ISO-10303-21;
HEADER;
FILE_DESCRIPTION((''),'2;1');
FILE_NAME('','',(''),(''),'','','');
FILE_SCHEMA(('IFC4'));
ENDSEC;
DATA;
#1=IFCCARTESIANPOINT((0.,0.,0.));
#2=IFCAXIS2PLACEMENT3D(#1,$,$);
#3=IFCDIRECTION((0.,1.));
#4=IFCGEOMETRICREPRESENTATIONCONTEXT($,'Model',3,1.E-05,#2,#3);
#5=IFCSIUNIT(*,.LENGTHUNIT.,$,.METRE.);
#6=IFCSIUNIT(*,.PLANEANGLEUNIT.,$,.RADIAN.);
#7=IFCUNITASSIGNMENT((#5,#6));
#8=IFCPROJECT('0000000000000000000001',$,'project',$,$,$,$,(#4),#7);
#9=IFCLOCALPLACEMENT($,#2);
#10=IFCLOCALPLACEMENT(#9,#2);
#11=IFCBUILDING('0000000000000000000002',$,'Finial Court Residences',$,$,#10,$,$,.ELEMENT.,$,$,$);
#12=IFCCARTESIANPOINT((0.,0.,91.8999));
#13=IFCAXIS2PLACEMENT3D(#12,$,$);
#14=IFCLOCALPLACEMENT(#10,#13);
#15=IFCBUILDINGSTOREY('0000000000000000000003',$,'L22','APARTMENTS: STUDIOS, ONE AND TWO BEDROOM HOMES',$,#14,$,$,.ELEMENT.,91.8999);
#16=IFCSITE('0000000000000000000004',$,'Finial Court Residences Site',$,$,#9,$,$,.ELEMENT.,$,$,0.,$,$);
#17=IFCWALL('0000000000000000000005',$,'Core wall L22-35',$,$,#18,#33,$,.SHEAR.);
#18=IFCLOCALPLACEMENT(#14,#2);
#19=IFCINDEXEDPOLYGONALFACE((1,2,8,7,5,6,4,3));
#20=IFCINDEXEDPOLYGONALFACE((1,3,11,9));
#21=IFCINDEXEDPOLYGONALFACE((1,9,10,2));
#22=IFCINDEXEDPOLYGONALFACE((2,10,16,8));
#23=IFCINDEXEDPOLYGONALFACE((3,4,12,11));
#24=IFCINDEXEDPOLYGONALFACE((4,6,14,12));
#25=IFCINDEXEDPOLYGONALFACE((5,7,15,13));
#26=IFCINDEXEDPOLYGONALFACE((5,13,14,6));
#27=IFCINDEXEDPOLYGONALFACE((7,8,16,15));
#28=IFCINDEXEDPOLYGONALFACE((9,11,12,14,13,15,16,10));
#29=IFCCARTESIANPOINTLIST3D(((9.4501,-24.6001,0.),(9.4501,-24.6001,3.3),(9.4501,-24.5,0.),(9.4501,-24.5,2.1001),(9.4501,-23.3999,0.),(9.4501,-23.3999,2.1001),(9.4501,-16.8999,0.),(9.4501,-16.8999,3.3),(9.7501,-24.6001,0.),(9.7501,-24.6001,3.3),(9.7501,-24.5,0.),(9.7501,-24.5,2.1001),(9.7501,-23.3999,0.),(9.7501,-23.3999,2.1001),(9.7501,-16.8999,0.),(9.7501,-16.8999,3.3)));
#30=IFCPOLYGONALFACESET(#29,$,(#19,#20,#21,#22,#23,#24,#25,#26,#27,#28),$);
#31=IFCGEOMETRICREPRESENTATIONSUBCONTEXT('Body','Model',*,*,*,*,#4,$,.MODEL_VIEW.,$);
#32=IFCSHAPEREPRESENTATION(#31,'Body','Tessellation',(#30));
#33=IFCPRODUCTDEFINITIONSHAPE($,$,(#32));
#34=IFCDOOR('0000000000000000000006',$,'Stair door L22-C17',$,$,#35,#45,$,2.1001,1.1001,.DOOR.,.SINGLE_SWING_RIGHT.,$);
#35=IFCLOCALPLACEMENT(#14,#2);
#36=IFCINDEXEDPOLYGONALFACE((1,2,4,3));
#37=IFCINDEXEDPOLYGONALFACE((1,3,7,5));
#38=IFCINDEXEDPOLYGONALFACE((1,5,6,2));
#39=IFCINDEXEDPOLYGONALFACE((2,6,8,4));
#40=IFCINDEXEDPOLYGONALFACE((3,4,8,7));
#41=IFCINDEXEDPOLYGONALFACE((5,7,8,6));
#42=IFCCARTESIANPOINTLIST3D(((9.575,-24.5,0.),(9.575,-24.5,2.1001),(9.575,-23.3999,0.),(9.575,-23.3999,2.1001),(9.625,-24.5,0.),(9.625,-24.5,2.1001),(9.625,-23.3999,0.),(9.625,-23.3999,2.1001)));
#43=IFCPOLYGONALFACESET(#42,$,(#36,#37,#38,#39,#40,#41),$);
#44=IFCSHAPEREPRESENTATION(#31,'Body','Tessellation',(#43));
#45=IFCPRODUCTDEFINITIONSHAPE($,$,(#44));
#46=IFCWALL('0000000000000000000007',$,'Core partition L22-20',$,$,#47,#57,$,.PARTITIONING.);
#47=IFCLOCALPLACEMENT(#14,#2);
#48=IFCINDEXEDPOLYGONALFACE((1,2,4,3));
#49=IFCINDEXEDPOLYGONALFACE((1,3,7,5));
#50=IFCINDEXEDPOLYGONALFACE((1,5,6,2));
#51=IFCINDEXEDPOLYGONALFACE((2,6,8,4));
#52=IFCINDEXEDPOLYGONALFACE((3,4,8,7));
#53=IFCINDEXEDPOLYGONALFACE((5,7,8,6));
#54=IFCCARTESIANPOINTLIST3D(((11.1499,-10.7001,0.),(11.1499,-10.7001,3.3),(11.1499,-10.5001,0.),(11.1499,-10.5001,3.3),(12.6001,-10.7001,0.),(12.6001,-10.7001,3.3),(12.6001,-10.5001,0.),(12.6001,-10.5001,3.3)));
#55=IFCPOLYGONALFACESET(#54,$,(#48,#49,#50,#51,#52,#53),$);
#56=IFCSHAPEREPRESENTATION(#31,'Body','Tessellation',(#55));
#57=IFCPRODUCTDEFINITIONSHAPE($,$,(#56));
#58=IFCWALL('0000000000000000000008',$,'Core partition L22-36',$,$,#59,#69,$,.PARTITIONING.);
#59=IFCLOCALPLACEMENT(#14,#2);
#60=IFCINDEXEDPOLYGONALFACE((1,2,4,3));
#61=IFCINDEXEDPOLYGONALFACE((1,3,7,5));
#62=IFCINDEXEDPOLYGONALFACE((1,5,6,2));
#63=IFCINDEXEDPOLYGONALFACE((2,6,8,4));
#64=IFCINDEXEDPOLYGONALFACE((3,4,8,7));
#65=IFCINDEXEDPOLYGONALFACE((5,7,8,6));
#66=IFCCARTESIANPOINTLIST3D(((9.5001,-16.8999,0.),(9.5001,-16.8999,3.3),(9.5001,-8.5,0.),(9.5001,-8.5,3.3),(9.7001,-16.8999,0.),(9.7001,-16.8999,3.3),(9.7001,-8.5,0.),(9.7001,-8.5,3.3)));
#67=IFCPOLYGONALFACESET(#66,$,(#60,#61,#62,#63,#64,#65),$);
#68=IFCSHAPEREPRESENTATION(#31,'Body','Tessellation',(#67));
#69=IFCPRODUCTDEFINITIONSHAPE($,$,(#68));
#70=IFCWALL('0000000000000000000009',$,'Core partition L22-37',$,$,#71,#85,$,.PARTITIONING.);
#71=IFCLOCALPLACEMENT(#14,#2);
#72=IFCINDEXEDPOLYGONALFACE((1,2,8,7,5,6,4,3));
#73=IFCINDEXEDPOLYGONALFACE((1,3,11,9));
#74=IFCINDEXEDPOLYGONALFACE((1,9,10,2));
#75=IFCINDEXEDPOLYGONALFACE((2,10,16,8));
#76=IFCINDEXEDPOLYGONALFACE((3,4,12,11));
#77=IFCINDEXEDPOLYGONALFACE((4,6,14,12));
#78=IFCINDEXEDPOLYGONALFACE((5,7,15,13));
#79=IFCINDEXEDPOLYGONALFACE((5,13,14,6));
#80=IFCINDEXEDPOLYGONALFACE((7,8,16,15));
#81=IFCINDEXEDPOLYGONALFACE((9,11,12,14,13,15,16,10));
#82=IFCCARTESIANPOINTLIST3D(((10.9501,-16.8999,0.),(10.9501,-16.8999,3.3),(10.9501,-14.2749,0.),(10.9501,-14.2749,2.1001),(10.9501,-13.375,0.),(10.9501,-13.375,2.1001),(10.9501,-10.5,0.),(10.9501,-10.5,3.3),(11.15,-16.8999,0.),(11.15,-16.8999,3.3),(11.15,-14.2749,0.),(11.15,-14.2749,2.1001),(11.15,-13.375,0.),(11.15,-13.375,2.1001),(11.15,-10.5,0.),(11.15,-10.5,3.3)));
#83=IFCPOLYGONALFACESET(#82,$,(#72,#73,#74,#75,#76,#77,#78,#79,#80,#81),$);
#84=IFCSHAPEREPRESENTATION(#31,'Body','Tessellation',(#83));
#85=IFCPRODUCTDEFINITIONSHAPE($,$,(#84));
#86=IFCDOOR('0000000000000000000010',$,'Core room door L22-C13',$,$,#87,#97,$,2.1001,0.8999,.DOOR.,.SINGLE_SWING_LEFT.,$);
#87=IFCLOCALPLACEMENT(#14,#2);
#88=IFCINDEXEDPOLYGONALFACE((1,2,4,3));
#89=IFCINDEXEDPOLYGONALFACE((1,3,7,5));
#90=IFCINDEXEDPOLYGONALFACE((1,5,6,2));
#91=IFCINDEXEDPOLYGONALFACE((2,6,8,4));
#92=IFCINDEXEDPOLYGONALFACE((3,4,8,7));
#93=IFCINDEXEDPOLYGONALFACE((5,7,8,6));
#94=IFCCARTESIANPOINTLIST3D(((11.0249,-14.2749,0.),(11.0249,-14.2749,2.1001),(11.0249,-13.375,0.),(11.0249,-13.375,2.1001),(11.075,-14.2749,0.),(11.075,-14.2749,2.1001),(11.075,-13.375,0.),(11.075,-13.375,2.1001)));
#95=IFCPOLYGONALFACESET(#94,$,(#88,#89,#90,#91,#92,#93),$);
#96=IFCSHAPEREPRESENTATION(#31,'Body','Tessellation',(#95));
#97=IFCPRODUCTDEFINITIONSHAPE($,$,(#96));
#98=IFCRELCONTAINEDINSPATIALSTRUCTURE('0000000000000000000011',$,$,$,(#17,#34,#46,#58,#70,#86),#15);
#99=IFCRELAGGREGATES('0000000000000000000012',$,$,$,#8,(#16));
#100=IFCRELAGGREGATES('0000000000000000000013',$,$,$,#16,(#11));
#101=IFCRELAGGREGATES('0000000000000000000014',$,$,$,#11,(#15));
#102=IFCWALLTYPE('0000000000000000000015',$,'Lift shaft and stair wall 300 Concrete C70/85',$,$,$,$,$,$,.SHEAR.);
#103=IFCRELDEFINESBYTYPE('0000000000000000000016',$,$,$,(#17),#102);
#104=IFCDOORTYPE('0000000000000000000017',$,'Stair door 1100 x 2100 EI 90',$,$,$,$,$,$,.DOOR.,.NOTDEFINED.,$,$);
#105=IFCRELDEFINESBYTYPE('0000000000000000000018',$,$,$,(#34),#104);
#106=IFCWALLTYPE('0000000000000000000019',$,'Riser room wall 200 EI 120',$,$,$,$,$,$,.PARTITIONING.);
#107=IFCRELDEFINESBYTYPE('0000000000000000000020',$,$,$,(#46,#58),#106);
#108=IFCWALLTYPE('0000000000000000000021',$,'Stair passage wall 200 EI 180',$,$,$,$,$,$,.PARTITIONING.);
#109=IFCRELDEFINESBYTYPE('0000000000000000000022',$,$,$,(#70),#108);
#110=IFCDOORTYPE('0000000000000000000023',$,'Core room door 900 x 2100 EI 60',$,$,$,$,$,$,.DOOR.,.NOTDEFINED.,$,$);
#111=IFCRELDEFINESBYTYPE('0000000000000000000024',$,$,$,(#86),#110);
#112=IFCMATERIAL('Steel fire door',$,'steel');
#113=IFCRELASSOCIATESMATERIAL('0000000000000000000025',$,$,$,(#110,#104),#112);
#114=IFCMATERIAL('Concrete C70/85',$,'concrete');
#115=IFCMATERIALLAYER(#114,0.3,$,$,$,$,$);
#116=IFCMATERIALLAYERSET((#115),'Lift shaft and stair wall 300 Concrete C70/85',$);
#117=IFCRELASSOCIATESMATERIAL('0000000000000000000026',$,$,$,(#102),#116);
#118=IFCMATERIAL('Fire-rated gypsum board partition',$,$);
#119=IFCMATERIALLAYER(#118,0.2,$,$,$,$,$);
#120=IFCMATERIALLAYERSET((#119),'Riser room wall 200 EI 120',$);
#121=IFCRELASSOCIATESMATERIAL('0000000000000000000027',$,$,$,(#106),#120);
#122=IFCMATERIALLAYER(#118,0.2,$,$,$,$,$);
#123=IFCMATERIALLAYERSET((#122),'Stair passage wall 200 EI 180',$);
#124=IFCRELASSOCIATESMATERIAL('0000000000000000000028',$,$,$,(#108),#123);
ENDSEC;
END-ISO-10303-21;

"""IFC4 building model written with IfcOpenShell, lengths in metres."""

from ifc_helpers import new_model, si_unit, direction, frame, frame_2d, origin, place, context, subcontext, project, spatial, rectangle, extrude, material, layer, layer_set, type_object, element, fill, save


model = new_model("IFC4")

# Units and contexts
model_context = context("Model", 3, precision=1e-05, world=origin(), true_north=direction((0.0, 1.0)))
body_context = subcontext(model_context, "Body", "Model", "MODEL_VIEW")
ifc_project = project(units=[si_unit("LENGTHUNIT", "METRE"), si_unit("PLANEANGLEUNIT", "RADIAN")], contexts=[model_context])

# Site, building, storey
site_placement = place(None, origin())
site = spatial("IfcSite", under=ifc_project, at=site_placement, Name="Finial Court Residences Site", CompositionType="ELEMENT", RefElevation=0.0)
building_placement = place(site_placement, origin())
building = spatial("IfcBuilding", under=site, at=building_placement, Name="Finial Court Residences", CompositionType="ELEMENT")
storey_placement = place(building_placement, frame((0.0, 0.0, 91.8999)))
storey = spatial("IfcBuildingStorey", under=building, at=storey_placement, Name="L22", Description="APARTMENTS: STUDIOS, ONE AND TWO BEDROOM HOMES", CompositionType="ELEMENT", Elevation=91.8999)

# Shared definitions
ifc_material_1 = material(Name="Fire-rated gypsum board partition")

# Shared definitions
ifc_material_2 = material(Name="Steel fire door", Category="steel")
door_type_1 = type_object("IfcDoorType", Name="Core room door 900 x 2100 EI 60", OperationType="NOTDEFINED", PredefinedType="DOOR", material=ifc_material_2)

# Shared definitions
ifc_material_3 = material(Name="Concrete C70/85", Category="concrete")
ifc_layer_1 = layer(ifc_material_3, 0.3)
ifc_layer_set_1 = layer_set([ifc_layer_1], Name="Lift shaft and stair wall 300 Concrete C70/85")
wall_type_1 = type_object("IfcWallType", Name="Lift shaft and stair wall 300 Concrete C70/85", PredefinedType="SHEAR", material=ifc_layer_set_1)

# Wall, opening, door
wall_1_placement = place(storey_placement, frame((9.6001, -16.8999, 0.0), z_axis=(0.0, 0.0, 1.0), x_axis=(0.0, -1.0, 0.0)))
wall_1 = element("IfcWall", 1, at=wall_1_placement, inside=storey, type_object=wall_type_1, Name="Core wall L22-35", PredefinedType="SHEAR", context=body_context, shape_type="SweptSolid", body=[
    extrude(rectangle(XDim=7.7002, YDim=0.3, at=frame_2d((3.8501, 0.0))), origin(), (0.0, 0.0, 1.0), 3.3),
])
opening_1_placement = place(wall_1_placement, frame((6.5, 0.0, 0.0)))
opening_1 = element("IfcOpeningElement", 2, at=opening_1_placement, cuts=wall_1, PredefinedType="OPENING", context=body_context, shape_type="SweptSolid", body=[
    extrude(rectangle(XDim=1.1001, YDim=2.1001, at=frame_2d((0.55, 1.05))), frame((0.0, 0.1599, 0.0), z_axis=(0.0, -1.0, 0.0), x_axis=(1.0, 0.0, 0.0)), (0.0, 0.0, 1.0), 0.3201),
])
door_type_2 = type_object("IfcDoorType", Name="Stair door 1100 x 2100 EI 90", OperationType="NOTDEFINED", PredefinedType="DOOR", material=ifc_material_2)
door_1_placement = place(opening_1_placement, origin())
door_1 = element("IfcDoor", 3, at=door_1_placement, inside=storey, type_object=door_type_2, Name="Stair door L22-C17", OperationType="SINGLE_SWING_RIGHT", OverallHeight=2.1001, OverallWidth=1.1001, PredefinedType="DOOR", context=body_context, shape_type="SweptSolid", body=[
    extrude(rectangle(XDim=1.1001, YDim=2.1001, at=frame_2d((0.55, 1.05))), frame((0.0, 0.0249, 0.0), z_axis=(0.0, -1.0, 0.0), x_axis=(1.0, 0.0, 0.0)), (0.0, 0.0, 1.0), 0.05),
])
fill(opening_1, door_1)

# Walls
ifc_layer_2 = layer(ifc_material_1, 0.2)
ifc_layer_set_2 = layer_set([ifc_layer_2], Name="Riser room wall 200 EI 120")
wall_type_2 = type_object("IfcWallType", Name="Riser room wall 200 EI 120", PredefinedType="PARTITIONING", material=ifc_layer_set_2)
wall_2_placement = place(storey_placement, frame((11.1499, -10.6001, 0.0), z_axis=(0.0, 0.0, 1.0), x_axis=(1.0, 0.0, 0.0)))
element("IfcWall", 4, at=wall_2_placement, inside=storey, type_object=wall_type_2, Name="Core partition L22-20", PredefinedType="PARTITIONING", context=body_context, shape_type="SweptSolid", body=[
    extrude(rectangle(XDim=1.4502, YDim=0.2, at=frame_2d((0.7251, 0.0))), origin(), (0.0, 0.0, 1.0), 3.3),
])
wall_3_placement = place(storey_placement, frame((9.6001, -16.8999, 0.0), z_axis=(0.0, 0.0, 1.0), x_axis=(0.0, 1.0, 0.0)))
element("IfcWall", 5, at=wall_3_placement, inside=storey, type_object=wall_type_2, Name="Core partition L22-36", PredefinedType="PARTITIONING", context=body_context, shape_type="SweptSolid", body=[
    extrude(rectangle(XDim=8.3999, YDim=0.2, at=frame_2d((4.2, 0.0))), origin(), (0.0, 0.0, 1.0), 3.3),
])

# Wall, opening, door
ifc_layer_3 = layer(ifc_material_1, 0.2)
ifc_layer_set_3 = layer_set([ifc_layer_3], Name="Stair passage wall 200 EI 180")
wall_type_3 = type_object("IfcWallType", Name="Stair passage wall 200 EI 180", PredefinedType="PARTITIONING", material=ifc_layer_set_3)
wall_4_placement = place(storey_placement, frame((11.05, -10.5, 0.0), z_axis=(0.0, 0.0, 1.0), x_axis=(0.0, -1.0, 0.0)))
wall_4 = element("IfcWall", 6, at=wall_4_placement, inside=storey, type_object=wall_type_3, Name="Core partition L22-37", PredefinedType="PARTITIONING", context=body_context, shape_type="SweptSolid", body=[
    extrude(rectangle(XDim=6.3999, YDim=0.2, at=frame_2d((3.2, 0.0))), origin(), (0.0, 0.0, 1.0), 3.3),
])
opening_2_placement = place(wall_4_placement, frame((2.875, 0.0, 0.0)))
opening_2 = element("IfcOpeningElement", 7, at=opening_2_placement, cuts=wall_4, PredefinedType="OPENING", context=body_context, shape_type="SweptSolid", body=[
    extrude(rectangle(XDim=0.8999, YDim=2.1001, at=frame_2d((0.45, 1.05))), frame((0.0, 0.1099, 0.0), z_axis=(0.0, -1.0, 0.0), x_axis=(1.0, 0.0, 0.0)), (0.0, 0.0, 1.0), 0.22),
])
door_2_placement = place(opening_2_placement, origin())
door_2 = element("IfcDoor", 8, at=door_2_placement, inside=storey, type_object=door_type_1, Name="Core room door L22-C13", OperationType="SINGLE_SWING_LEFT", OverallHeight=2.1001, OverallWidth=0.8999, PredefinedType="DOOR", context=body_context, shape_type="SweptSolid", body=[
    extrude(rectangle(XDim=0.8999, YDim=2.1001, at=frame_2d((0.45, 1.05))), frame((0.0, 0.0249, 0.0), z_axis=(0.0, -1.0, 0.0), x_axis=(1.0, 0.0, 0.0)), (0.0, 0.0, 1.0), 0.05),
])
fill(opening_2, door_2)

save(model, "model.ifc")
